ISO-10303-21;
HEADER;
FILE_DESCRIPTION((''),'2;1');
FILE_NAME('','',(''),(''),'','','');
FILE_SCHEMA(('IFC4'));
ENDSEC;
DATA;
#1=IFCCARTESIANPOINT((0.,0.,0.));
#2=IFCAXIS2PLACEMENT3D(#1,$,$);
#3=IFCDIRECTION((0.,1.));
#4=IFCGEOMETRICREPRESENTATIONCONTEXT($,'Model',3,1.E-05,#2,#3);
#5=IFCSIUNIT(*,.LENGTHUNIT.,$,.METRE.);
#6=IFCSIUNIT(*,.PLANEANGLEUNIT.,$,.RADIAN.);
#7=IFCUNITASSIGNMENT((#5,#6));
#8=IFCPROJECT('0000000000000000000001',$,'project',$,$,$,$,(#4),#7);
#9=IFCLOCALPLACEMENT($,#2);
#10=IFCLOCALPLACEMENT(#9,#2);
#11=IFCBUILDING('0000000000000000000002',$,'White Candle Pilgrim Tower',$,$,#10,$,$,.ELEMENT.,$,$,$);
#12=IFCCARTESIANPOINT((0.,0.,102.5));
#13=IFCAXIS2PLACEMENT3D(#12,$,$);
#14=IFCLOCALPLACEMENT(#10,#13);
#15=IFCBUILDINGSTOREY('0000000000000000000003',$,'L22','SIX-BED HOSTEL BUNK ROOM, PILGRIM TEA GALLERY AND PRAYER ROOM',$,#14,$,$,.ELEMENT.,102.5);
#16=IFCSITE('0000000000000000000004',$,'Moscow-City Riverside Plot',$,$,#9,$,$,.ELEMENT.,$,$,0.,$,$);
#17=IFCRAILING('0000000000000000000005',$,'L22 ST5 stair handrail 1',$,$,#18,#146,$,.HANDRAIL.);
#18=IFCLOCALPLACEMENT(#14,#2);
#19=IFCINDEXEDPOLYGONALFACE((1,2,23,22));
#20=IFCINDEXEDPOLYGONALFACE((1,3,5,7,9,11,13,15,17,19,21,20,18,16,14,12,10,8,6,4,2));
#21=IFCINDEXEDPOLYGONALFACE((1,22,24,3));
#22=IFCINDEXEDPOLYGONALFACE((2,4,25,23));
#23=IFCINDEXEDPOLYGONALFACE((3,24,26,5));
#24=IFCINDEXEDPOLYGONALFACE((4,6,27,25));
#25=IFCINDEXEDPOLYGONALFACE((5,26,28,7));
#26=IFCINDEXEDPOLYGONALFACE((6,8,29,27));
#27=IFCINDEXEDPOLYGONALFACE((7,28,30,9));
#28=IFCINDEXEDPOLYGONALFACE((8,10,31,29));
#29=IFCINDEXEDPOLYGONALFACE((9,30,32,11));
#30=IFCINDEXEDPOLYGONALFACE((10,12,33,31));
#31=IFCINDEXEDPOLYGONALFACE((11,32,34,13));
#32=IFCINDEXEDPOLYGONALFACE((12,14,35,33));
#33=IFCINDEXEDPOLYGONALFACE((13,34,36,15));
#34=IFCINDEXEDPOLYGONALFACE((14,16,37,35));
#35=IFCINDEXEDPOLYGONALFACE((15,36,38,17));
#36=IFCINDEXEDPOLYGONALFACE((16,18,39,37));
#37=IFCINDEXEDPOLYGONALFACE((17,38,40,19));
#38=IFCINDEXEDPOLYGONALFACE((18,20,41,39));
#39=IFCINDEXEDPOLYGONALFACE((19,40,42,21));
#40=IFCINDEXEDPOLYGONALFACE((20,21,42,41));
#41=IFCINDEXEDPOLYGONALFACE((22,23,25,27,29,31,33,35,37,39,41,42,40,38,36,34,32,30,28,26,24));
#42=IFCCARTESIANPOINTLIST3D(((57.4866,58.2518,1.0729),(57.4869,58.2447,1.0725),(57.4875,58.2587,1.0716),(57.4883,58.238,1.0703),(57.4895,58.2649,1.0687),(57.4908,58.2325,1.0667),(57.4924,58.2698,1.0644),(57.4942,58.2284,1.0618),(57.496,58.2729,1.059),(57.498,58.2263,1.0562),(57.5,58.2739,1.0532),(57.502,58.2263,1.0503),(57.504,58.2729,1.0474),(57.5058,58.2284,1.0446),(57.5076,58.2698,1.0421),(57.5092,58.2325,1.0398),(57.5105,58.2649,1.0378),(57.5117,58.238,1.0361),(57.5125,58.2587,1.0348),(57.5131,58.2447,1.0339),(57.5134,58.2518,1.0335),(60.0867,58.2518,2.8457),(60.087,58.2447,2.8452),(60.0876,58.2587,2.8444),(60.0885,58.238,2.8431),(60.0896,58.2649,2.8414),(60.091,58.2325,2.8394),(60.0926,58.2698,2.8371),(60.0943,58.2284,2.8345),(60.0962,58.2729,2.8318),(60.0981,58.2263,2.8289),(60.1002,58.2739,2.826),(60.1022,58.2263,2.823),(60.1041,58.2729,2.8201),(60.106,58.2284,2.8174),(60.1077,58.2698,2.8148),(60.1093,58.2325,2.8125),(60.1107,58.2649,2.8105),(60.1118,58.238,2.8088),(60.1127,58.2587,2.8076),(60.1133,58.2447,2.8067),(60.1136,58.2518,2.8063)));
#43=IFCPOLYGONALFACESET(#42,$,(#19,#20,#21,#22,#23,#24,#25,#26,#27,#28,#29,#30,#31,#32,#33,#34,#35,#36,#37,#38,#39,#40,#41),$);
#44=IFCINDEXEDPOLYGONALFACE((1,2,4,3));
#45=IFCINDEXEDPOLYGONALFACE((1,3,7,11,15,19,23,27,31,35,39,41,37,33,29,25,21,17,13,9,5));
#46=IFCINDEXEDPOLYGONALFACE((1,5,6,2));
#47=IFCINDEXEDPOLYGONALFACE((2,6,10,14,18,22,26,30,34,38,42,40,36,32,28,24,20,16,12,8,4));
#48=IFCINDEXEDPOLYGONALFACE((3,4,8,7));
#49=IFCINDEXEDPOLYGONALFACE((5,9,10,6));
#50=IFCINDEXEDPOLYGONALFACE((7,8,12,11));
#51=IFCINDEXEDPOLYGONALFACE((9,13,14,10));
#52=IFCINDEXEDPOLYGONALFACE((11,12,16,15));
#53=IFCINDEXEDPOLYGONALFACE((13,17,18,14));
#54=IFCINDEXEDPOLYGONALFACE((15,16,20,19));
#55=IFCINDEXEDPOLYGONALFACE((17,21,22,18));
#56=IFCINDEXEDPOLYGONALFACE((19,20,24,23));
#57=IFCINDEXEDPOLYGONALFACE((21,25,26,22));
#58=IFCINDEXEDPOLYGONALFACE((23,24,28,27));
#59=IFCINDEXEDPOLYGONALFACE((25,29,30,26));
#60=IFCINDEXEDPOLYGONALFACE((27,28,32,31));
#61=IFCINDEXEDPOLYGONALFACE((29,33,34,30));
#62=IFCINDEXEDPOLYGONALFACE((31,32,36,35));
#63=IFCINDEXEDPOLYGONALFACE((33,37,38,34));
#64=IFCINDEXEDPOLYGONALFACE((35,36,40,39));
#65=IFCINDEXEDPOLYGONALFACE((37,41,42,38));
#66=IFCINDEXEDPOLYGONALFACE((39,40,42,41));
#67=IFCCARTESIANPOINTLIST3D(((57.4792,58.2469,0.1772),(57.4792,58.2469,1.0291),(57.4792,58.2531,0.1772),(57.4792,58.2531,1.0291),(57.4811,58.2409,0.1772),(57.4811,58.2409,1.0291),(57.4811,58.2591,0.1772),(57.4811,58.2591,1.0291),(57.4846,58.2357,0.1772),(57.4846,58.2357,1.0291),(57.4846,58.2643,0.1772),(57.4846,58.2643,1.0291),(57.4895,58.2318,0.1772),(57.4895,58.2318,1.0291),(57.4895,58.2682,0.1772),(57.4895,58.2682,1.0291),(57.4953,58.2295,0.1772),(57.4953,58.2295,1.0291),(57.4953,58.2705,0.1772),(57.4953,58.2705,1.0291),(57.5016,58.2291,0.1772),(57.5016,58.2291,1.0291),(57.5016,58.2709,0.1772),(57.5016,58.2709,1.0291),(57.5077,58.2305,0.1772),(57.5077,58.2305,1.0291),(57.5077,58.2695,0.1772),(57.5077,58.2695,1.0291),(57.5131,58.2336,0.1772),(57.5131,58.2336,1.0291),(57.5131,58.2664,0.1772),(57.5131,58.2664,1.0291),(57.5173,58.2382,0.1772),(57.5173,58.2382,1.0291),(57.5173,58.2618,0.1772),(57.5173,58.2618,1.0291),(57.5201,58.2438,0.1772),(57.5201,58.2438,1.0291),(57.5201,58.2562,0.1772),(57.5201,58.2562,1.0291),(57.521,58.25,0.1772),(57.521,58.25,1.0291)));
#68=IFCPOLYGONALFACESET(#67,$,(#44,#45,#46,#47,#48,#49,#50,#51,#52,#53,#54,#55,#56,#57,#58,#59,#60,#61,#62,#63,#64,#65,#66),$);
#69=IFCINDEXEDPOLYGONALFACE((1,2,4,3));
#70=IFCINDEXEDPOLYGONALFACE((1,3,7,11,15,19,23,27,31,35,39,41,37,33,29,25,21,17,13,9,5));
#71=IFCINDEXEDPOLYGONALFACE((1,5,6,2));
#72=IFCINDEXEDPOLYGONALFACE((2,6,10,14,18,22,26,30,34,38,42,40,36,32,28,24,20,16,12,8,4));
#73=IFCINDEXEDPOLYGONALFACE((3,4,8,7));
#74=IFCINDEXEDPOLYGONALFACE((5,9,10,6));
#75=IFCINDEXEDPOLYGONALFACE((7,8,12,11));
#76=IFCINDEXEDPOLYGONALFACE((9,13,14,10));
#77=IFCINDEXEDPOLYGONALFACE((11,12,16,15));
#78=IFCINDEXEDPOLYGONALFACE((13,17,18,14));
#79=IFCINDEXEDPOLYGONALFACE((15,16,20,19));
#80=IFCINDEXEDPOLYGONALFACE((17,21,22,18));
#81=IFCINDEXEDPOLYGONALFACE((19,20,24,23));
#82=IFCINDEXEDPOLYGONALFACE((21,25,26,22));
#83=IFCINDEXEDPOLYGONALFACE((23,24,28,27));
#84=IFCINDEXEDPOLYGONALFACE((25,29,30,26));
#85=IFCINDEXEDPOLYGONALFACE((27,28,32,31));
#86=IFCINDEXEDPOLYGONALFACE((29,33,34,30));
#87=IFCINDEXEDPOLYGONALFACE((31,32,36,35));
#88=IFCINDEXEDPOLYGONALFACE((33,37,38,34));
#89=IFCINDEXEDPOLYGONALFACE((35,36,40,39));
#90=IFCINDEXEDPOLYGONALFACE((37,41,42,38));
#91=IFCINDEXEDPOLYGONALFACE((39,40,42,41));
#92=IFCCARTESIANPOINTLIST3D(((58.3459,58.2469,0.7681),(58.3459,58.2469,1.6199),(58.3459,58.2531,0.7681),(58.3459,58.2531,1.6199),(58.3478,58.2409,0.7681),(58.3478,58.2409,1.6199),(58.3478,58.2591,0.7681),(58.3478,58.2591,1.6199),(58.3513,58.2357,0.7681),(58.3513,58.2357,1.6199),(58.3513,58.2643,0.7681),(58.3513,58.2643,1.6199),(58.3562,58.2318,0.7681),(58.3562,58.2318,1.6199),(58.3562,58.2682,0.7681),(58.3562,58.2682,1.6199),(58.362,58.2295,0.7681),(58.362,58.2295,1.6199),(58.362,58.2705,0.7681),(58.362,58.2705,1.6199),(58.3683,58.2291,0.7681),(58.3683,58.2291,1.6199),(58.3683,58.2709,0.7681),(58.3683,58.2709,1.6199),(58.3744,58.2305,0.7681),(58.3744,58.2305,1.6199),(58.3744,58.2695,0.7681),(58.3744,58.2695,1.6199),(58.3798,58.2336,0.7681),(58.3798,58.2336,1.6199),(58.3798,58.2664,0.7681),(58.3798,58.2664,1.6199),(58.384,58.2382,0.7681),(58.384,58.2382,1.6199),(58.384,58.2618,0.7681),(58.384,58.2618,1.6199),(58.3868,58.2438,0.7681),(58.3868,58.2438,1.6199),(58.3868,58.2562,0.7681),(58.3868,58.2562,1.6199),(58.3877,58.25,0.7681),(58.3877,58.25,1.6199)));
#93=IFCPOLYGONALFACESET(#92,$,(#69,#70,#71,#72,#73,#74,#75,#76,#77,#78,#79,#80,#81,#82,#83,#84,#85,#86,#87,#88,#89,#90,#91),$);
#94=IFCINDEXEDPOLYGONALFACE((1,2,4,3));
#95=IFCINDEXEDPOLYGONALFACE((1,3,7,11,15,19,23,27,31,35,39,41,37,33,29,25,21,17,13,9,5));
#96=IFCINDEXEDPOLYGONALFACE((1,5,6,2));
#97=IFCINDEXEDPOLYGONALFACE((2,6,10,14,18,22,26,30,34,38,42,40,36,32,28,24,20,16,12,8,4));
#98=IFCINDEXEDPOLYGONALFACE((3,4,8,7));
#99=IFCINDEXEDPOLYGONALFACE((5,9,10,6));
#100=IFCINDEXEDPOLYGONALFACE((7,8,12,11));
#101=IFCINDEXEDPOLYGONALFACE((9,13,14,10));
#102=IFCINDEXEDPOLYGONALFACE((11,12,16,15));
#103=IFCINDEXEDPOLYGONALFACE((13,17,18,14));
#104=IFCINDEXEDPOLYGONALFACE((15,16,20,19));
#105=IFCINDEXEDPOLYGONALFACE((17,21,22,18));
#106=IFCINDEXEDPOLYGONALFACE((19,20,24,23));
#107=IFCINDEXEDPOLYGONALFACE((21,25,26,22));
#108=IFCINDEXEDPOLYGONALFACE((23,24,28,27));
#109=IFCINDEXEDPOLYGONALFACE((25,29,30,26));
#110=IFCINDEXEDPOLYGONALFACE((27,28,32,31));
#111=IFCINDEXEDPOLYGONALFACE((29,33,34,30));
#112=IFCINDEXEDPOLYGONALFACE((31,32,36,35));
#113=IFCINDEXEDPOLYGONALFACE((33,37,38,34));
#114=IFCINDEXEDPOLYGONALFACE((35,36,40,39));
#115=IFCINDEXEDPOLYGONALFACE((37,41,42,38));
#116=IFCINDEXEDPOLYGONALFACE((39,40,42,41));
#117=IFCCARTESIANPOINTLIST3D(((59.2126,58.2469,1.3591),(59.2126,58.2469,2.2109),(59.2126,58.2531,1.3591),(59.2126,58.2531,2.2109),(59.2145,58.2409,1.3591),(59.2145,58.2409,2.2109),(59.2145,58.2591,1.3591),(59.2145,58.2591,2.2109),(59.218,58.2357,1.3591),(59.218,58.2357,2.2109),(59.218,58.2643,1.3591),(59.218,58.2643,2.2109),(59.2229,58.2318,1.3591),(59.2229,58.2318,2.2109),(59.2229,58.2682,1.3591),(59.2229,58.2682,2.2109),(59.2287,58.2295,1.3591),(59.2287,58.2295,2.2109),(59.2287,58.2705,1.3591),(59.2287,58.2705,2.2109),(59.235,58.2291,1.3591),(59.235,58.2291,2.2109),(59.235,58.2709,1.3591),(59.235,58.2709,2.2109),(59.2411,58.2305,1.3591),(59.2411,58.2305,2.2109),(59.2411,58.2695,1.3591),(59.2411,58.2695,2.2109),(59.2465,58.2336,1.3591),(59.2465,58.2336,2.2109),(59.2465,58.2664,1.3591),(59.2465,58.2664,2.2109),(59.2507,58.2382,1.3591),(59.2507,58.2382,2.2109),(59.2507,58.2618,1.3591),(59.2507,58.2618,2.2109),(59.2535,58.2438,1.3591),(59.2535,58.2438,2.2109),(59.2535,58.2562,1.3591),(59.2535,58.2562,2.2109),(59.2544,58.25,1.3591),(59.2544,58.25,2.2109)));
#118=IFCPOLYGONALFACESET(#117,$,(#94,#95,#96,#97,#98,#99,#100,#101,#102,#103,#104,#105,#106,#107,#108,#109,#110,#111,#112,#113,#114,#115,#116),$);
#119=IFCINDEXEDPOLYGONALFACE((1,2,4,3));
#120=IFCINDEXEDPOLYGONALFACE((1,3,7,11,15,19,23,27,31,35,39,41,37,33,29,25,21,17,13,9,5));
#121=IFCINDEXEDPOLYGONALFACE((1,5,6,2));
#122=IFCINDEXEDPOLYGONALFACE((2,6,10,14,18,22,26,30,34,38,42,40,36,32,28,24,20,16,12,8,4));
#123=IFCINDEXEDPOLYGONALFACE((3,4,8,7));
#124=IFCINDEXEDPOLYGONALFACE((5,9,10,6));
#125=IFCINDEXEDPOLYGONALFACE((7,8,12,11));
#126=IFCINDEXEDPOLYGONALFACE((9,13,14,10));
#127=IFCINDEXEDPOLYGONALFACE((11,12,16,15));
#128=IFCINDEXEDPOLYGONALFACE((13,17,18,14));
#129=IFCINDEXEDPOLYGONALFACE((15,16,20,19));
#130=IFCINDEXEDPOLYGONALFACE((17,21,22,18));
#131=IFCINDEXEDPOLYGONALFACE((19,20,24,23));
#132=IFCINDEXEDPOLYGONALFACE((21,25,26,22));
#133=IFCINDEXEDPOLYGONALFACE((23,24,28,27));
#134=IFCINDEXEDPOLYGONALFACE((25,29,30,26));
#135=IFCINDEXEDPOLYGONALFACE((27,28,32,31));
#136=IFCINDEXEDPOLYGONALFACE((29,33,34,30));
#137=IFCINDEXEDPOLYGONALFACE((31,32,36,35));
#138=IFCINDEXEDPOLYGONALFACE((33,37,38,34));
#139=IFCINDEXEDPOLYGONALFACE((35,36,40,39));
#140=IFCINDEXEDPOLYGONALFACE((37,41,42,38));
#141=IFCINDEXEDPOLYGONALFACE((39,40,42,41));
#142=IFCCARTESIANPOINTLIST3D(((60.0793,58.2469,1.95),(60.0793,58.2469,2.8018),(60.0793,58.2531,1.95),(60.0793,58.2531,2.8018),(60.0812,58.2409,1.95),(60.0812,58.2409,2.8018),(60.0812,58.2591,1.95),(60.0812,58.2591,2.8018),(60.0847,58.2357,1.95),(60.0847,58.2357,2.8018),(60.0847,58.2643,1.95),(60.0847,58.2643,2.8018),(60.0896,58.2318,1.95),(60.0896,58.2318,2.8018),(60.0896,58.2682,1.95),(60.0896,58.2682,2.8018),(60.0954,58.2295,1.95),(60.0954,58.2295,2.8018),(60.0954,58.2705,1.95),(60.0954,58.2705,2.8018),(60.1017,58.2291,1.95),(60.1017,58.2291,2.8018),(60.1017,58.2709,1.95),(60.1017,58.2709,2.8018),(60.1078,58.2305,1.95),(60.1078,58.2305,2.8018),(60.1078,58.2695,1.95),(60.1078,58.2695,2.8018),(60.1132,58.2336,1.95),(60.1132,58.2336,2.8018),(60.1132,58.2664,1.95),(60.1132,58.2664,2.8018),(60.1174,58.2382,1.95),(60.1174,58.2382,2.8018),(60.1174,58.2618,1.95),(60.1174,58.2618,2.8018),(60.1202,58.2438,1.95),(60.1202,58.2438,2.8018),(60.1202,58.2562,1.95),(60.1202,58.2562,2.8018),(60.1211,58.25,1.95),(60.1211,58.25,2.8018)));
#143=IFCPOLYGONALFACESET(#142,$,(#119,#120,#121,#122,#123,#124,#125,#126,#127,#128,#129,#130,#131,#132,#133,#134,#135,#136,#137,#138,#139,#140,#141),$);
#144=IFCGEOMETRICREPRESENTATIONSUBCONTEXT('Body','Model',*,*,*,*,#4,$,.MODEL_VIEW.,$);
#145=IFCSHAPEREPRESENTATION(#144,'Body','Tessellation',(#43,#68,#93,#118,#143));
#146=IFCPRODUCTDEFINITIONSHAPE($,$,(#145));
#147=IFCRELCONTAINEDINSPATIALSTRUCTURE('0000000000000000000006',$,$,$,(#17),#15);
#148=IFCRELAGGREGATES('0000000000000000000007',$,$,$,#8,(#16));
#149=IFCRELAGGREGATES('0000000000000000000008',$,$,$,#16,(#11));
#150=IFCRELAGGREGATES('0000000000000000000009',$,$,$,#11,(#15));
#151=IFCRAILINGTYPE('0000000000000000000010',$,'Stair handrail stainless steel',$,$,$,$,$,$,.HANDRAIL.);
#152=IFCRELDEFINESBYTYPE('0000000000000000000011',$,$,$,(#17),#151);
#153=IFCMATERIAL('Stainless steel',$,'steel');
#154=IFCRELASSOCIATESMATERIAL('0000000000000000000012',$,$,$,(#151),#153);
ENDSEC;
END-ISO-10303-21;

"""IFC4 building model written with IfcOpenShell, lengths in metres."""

from ifc_helpers import new_model, si_unit, direction, frame, origin, origin_2d, place, context, subcontext, project, spatial, circle, extrude, material, type_object, element, save


model = new_model("IFC4")

# Units and contexts
model_context = context("Model", 3, precision=1e-05, world=origin(), true_north=direction((0.0, 1.0)))
body_context = subcontext(model_context, "Body", "Model", "MODEL_VIEW")
ifc_project = project(units=[si_unit("LENGTHUNIT", "METRE"), si_unit("PLANEANGLEUNIT", "RADIAN")], contexts=[model_context])

# Site, building, storey
site_placement = place(None, origin())
site = spatial("IfcSite", under=ifc_project, at=site_placement, Name="Moscow-City Riverside Plot", CompositionType="ELEMENT", RefElevation=0.0)
building_placement = place(site_placement, origin())
building = spatial("IfcBuilding", under=site, at=building_placement, Name="White Candle Pilgrim Tower", CompositionType="ELEMENT")
storey_placement = place(building_placement, frame((0.0, 0.0, 102.5)))
storey = spatial("IfcBuildingStorey", under=building, at=storey_placement, Name="L22", Description="SIX-BED HOSTEL BUNK ROOM, PILGRIM TEA GALLERY AND PRAYER ROOM", CompositionType="ELEMENT", Elevation=102.5)

# Railing
ifc_material_1 = material(Name="Stainless steel", Category="steel")
railing_type_1 = type_object("IfcRailingType", Name="Stair handrail stainless steel", PredefinedType="HANDRAIL", material=ifc_material_1)
railing_1_placement = place(storey_placement, frame((57.5, 58.25, 0.1772)))
element("IfcRailing", 1, at=railing_1_placement, inside=storey, type_object=railing_type_1, Name="L22 ST5 stair handrail 1", PredefinedType="HANDRAIL", context=body_context, shape_type="SweptSolid", body=[
    extrude(circle(Radius=0.0239, at=origin_2d()), frame((0.0, 0.0, 0.876), z_axis=(0.82624, 0.0, 0.563318), x_axis=(0.0, 1.0, 0.0)), (0.0, 0.0, 1.0), 3.147),
    extrude(circle(Radius=0.021, at=origin_2d()), origin(), (0.0, 0.0, 1.0), 0.8518),
    extrude(circle(Radius=0.021, at=origin_2d()), frame((0.8667, 0.0, 0.5908)), (0.0, 0.0, 1.0), 0.8518),
    extrude(circle(Radius=0.021, at=origin_2d()), frame((1.7334, 0.0, 1.1819)), (0.0, 0.0, 1.0), 0.8518),
    extrude(circle(Radius=0.021, at=origin_2d()), frame((2.6001, 0.0, 1.7727)), (0.0, 0.0, 1.0), 0.8518),
])

save(model, "model.ifc")
